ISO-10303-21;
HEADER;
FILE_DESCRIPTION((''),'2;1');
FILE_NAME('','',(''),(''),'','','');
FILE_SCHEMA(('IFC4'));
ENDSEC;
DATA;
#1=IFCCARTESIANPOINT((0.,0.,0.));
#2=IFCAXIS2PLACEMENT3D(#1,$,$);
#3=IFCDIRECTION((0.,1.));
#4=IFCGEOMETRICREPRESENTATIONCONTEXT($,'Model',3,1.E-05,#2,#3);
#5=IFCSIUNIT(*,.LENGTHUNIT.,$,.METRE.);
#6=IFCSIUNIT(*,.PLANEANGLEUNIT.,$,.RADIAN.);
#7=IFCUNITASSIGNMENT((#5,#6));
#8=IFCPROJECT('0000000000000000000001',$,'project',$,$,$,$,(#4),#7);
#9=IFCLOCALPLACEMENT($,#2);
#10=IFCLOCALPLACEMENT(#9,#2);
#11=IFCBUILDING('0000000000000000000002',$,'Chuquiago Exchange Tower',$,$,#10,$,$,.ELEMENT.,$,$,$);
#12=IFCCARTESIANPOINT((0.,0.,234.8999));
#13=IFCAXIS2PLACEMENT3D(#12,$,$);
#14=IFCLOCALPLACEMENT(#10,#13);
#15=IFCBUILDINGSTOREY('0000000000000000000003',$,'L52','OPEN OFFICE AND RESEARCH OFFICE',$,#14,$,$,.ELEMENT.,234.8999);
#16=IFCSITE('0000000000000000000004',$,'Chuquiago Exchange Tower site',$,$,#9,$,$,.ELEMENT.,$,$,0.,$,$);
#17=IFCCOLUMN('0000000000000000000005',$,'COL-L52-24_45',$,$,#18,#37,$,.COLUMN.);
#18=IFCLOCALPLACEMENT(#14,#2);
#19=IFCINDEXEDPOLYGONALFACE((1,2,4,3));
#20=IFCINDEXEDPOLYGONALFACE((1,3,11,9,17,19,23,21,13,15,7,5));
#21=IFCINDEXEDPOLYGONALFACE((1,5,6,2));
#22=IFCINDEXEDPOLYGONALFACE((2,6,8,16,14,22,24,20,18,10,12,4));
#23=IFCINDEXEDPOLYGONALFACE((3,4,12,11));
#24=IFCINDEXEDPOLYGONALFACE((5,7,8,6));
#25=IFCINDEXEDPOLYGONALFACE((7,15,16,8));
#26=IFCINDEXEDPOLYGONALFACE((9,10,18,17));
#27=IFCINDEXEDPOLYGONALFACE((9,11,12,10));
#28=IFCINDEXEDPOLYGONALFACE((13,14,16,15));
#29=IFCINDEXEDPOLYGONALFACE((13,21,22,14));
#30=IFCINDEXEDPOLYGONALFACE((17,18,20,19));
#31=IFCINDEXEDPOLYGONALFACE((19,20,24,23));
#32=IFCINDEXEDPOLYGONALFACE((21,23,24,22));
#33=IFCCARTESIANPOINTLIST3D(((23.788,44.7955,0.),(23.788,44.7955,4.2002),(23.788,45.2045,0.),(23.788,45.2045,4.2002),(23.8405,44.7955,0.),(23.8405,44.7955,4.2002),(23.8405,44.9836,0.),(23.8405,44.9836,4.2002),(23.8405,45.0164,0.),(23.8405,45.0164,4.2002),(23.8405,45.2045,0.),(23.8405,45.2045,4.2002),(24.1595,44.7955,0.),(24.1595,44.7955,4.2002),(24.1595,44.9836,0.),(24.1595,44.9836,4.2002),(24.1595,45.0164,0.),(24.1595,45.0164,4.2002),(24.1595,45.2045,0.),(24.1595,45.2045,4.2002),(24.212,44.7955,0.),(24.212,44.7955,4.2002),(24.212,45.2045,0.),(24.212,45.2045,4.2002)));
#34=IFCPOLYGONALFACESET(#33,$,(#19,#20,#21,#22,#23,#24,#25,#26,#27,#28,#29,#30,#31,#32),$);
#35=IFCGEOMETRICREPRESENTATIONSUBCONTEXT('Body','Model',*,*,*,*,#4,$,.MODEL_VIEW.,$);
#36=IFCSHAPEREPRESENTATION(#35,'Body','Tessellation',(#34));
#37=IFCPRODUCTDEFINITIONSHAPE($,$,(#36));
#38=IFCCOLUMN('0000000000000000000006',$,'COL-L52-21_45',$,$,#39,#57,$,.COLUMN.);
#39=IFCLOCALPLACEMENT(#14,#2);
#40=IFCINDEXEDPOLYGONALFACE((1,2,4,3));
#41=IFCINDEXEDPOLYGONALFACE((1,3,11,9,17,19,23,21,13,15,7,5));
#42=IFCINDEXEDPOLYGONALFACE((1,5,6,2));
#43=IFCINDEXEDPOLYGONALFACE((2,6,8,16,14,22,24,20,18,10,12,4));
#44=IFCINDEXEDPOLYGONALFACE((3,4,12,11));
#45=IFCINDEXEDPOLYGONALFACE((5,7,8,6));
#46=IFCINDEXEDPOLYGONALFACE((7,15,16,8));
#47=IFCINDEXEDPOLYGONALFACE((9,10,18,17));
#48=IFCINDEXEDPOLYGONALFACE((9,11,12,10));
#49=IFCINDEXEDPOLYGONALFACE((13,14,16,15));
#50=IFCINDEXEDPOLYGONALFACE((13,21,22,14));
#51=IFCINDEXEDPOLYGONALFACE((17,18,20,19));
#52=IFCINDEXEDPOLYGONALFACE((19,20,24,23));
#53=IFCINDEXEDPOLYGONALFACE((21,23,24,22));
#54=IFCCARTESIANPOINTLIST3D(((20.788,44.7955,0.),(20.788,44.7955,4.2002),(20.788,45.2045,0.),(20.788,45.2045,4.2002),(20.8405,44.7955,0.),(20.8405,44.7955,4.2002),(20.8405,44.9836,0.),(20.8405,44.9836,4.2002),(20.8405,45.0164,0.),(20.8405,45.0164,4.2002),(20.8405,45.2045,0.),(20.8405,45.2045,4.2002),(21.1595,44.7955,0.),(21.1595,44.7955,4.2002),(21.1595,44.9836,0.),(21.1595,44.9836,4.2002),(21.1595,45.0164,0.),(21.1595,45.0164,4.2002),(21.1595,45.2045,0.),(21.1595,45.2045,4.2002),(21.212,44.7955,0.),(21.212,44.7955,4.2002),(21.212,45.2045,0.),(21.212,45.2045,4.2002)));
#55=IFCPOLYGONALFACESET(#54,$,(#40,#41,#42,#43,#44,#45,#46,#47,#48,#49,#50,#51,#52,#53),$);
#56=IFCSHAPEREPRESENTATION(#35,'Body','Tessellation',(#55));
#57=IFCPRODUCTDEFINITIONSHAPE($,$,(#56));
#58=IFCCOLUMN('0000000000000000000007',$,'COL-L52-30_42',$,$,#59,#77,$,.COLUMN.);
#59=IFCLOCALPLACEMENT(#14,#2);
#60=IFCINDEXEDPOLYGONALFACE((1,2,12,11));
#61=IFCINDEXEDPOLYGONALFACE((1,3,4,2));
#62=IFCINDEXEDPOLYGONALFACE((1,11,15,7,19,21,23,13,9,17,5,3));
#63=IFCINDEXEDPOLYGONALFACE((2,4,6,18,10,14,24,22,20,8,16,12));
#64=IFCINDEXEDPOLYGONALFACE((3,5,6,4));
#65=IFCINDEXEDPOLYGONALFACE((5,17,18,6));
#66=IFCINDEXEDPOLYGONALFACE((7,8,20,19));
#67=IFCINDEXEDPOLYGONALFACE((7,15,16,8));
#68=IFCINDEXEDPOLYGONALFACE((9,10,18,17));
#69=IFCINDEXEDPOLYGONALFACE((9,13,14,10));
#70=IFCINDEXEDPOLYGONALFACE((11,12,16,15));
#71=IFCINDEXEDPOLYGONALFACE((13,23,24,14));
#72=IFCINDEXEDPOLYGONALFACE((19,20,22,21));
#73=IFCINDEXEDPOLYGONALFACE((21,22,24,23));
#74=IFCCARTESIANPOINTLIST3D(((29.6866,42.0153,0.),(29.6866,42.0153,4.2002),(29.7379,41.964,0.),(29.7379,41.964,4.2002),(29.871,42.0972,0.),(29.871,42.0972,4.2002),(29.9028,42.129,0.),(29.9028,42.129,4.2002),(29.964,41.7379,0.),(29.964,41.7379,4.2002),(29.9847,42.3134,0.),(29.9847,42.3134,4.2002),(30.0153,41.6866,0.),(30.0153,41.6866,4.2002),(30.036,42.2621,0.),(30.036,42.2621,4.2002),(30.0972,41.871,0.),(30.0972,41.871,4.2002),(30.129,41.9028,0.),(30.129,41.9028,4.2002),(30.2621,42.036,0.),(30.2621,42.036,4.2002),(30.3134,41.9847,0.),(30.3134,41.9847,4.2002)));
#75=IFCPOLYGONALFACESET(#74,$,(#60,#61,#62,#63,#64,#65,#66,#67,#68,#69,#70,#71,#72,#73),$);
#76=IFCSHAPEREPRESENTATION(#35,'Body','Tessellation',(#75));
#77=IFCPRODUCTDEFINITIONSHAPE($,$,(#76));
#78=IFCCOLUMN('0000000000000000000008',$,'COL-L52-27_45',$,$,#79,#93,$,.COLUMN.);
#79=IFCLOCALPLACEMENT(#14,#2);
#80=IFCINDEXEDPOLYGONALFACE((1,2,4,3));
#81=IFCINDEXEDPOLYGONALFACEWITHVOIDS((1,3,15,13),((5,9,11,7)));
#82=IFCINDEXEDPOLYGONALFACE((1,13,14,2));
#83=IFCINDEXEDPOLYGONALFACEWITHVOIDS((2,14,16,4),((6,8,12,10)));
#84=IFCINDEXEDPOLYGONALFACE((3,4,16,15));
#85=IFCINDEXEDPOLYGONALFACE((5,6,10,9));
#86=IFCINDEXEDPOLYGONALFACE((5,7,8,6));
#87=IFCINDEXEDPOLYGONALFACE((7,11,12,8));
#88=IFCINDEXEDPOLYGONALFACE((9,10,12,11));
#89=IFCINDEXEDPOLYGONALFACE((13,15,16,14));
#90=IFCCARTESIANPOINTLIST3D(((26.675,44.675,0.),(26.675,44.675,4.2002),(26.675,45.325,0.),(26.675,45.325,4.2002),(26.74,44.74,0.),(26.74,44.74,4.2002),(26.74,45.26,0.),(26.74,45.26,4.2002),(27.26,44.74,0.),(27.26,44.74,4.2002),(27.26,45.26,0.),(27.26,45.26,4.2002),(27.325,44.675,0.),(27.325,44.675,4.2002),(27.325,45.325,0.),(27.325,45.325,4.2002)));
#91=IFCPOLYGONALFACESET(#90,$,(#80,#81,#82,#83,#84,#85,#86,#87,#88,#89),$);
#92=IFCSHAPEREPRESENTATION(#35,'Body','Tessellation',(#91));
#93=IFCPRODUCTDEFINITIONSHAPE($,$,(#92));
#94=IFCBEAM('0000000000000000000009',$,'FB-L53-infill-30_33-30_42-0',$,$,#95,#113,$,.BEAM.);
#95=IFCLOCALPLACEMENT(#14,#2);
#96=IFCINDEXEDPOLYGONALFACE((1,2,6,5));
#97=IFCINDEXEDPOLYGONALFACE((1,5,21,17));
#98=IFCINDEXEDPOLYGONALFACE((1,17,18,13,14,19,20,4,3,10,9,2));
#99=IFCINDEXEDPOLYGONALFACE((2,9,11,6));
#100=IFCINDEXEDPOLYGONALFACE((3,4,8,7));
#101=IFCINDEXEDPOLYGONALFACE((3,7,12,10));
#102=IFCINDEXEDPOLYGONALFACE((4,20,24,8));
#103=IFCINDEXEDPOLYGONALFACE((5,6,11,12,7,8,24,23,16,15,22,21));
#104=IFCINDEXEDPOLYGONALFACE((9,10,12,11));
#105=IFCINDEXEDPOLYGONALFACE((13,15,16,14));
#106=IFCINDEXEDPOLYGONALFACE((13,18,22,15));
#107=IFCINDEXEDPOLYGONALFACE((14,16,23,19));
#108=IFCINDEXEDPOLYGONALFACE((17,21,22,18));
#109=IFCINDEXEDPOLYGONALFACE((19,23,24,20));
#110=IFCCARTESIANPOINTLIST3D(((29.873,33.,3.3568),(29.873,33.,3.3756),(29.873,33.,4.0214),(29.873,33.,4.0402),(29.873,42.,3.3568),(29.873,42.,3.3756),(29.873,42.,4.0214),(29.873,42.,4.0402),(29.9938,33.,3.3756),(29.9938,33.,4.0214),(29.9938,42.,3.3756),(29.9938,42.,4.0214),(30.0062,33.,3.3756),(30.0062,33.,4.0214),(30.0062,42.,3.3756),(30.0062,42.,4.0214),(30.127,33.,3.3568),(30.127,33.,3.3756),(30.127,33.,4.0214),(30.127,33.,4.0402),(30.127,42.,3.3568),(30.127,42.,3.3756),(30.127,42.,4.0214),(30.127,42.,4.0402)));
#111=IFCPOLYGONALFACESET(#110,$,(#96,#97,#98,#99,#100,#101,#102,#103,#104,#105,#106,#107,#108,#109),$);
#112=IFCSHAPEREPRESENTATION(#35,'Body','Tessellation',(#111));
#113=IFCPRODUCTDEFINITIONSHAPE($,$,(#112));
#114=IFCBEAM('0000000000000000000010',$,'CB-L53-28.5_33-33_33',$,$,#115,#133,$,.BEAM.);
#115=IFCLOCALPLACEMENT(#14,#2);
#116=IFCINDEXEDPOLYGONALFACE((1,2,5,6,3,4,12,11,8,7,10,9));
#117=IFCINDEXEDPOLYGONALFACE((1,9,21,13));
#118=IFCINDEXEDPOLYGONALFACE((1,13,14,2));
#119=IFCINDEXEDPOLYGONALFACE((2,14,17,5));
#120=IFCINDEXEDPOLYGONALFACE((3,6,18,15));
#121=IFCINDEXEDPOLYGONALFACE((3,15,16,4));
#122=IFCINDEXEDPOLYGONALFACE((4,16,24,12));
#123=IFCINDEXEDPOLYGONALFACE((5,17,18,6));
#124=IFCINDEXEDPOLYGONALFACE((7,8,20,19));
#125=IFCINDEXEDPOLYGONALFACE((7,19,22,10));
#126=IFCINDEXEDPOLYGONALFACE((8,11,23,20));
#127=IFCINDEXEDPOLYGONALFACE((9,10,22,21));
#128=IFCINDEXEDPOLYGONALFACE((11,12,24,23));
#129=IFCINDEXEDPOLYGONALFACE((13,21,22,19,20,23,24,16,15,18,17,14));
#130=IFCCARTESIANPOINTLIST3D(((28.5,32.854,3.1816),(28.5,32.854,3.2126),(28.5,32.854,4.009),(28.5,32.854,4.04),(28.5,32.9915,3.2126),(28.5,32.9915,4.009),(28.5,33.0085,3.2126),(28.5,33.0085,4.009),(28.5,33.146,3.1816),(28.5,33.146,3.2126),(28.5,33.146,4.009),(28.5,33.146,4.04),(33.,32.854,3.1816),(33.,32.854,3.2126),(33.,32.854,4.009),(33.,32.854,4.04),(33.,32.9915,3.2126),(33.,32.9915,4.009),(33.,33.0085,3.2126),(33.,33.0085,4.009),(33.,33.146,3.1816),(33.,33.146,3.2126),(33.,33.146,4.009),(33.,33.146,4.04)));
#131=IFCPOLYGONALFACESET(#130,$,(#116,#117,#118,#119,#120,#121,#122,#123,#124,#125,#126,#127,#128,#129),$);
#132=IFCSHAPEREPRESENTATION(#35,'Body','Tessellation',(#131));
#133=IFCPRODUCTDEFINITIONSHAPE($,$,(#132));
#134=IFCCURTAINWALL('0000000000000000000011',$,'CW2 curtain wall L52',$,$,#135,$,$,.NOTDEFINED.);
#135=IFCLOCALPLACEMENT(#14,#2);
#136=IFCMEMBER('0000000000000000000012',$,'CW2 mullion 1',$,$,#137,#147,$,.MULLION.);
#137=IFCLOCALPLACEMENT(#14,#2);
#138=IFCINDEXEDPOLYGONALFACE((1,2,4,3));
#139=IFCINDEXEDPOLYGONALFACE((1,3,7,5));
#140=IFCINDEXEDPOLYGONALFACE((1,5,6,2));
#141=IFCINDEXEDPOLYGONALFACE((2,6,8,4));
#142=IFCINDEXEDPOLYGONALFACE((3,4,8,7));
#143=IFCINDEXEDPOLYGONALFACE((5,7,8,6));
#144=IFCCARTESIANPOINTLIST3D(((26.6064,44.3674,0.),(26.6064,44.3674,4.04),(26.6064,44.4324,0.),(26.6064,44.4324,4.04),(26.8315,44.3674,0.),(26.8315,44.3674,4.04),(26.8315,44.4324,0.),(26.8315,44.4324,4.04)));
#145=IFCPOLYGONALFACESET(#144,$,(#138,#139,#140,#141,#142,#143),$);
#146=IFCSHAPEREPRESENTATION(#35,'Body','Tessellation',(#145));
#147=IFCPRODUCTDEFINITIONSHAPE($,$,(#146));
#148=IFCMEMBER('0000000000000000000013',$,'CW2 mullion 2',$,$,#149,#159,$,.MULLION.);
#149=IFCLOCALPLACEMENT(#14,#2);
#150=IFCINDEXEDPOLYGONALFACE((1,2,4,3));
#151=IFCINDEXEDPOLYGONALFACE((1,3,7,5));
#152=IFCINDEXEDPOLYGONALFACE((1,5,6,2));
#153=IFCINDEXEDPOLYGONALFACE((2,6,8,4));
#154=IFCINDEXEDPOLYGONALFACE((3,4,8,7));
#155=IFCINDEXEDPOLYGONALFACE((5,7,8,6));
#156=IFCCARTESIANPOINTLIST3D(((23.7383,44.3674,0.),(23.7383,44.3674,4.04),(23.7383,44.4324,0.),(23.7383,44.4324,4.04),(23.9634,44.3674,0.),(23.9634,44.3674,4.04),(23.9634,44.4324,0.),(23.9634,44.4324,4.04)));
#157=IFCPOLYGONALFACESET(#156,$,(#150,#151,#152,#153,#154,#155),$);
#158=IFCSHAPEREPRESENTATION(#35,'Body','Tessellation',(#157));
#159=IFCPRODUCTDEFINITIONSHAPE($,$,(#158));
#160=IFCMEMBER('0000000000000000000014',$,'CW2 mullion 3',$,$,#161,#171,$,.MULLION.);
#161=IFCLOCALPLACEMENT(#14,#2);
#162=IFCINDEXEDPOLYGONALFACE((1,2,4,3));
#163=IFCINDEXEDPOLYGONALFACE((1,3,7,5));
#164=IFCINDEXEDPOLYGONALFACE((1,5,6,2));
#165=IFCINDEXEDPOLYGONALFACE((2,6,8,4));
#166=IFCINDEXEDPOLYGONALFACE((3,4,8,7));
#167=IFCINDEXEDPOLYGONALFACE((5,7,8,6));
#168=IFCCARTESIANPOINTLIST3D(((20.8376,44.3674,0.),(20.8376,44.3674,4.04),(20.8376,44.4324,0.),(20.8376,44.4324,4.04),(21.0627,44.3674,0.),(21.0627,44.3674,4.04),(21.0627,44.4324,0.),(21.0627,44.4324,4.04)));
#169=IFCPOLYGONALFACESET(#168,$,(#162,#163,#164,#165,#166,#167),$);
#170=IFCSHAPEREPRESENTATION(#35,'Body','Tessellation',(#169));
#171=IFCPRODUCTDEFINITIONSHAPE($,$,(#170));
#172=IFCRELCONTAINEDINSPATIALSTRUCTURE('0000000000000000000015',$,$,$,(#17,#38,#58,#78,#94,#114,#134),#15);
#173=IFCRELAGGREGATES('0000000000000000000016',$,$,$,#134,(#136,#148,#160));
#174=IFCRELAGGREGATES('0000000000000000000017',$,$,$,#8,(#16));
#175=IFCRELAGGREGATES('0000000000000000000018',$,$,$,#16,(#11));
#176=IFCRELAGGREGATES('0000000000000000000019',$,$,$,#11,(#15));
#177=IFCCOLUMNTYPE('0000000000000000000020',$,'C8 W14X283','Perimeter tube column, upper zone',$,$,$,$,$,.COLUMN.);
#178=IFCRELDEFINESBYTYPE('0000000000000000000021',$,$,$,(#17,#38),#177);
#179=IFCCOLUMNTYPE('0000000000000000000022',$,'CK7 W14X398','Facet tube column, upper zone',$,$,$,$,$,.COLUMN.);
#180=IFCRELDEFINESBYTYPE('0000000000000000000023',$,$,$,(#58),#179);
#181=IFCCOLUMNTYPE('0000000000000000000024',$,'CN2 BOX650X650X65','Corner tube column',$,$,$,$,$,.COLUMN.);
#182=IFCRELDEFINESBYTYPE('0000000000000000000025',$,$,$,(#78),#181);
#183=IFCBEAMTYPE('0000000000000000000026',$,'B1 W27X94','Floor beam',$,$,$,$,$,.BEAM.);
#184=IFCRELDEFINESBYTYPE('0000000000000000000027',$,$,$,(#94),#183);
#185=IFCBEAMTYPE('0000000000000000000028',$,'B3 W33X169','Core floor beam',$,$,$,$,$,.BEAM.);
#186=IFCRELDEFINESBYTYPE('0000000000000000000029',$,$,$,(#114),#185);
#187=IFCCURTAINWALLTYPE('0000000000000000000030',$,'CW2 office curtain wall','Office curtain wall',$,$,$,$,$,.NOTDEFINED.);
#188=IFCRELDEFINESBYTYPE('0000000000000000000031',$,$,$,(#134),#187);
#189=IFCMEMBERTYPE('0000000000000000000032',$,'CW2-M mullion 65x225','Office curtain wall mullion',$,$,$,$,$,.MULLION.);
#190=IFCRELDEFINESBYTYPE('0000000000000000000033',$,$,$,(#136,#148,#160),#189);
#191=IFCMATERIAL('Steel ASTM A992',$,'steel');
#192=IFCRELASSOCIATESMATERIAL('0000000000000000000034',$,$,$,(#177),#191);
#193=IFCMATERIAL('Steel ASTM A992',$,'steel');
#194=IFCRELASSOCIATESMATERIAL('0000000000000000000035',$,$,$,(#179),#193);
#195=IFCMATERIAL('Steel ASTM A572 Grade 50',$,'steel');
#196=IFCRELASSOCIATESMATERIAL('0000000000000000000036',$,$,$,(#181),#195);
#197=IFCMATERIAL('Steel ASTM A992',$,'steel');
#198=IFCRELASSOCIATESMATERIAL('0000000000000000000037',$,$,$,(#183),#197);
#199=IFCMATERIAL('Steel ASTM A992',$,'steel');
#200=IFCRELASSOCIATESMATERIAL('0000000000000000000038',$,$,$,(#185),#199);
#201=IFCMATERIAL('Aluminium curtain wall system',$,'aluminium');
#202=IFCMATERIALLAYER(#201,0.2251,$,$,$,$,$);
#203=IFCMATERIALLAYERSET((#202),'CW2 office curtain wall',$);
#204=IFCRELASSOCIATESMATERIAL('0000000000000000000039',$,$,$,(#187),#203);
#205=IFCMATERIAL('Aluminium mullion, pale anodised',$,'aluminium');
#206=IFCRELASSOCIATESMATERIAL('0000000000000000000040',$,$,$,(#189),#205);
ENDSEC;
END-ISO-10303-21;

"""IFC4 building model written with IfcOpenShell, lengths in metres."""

from ifc_helpers import new_model, si_unit, direction, frame, origin, origin_2d, place, context, subcontext, project, spatial, rectangle, hollow_rectangle, i_section, extrude, material, layer, layer_set, material_profile, profile_set, type_object, element, aggregate, save


model = new_model("IFC4")

# Units and contexts
model_context = context("Model", 3, precision=1e-05, world=origin(), true_north=direction((0.0, 1.0)))
body_context = subcontext(model_context, "Body", "Model", "MODEL_VIEW")
ifc_project = project(units=[si_unit("LENGTHUNIT", "METRE"), si_unit("PLANEANGLEUNIT", "RADIAN")], contexts=[model_context])

# Site, building, storey
site_placement = place(None, origin())
site = spatial("IfcSite", under=ifc_project, at=site_placement, Name="Chuquiago Exchange Tower site", CompositionType="ELEMENT", RefElevation=0.0)
building_placement = place(site_placement, origin())
building = spatial("IfcBuilding", under=site, at=building_placement, Name="Chuquiago Exchange Tower", CompositionType="ELEMENT")
storey_placement = place(building_placement, frame((0.0, 0.0, 234.8999)))
storey = spatial("IfcBuildingStorey", under=building, at=storey_placement, Name="L52", Description="OPEN OFFICE AND RESEARCH OFFICE", CompositionType="ELEMENT", Elevation=234.8999)

# Columns
ifc_material_1 = material(Name="Steel ASTM A992", Category="steel")
ifc_material_profile_1 = material_profile(ifc_material_1, i_section(OverallWidth=0.4089, OverallDepth=0.4241, WebThickness=0.0327, FlangeThickness=0.0525, at=origin_2d()), Name="W14X283")
ifc_profile_set_1 = profile_set([ifc_material_profile_1], Name="Steel ASTM A992")
column_type_1 = type_object("IfcColumnType", Name="C8 W14X283", Description="Perimeter tube column, upper zone", PredefinedType="COLUMN", material=ifc_profile_set_1)
for number, where, z_axis, x_axis, name in (
    (1, (24.0, 45.0, 0.0), (0.0, 0.0, 1.0), (0.0, 1.0, 0.0), "COL-L52-24_45"),
    (2, (21.0, 45.0, 0.0), (0.0, 0.0, 1.0), (0.0, 1.0, 0.0), "COL-L52-21_45"),
):
    element("IfcColumn", number, at=place(storey_placement, frame(where, z_axis=z_axis, x_axis=x_axis)), inside=storey, type_object=column_type_1, Name=name, PredefinedType="COLUMN", context=body_context, shape_type="SweptSolid", body=[
        extrude(i_section(OverallWidth=0.4089, OverallDepth=0.4241, WebThickness=0.0327, FlangeThickness=0.0525, at=origin_2d()), origin(), (0.0, 0.0, 1.0), 4.2002),
    ])
ifc_material_2 = material(Name="Steel ASTM A992", Category="steel")
ifc_material_profile_2 = material_profile(ifc_material_2, i_section(OverallWidth=0.4216, OverallDepth=0.4648, WebThickness=0.0449, FlangeThickness=0.0725, at=origin_2d()), Name="W14X398")
ifc_profile_set_2 = profile_set([ifc_material_profile_2], Name="Steel ASTM A992")
column_type_2 = type_object("IfcColumnType", Name="CK7 W14X398", Description="Facet tube column, upper zone", PredefinedType="COLUMN", material=ifc_profile_set_2)
column_1_placement = place(storey_placement, frame((30.0, 42.0, 0.0), z_axis=(0.0, 0.0, 1.0), x_axis=(0.707107, 0.707107, 0.0)))
element("IfcColumn", 3, at=column_1_placement, inside=storey, type_object=column_type_2, Name="COL-L52-30_42", PredefinedType="COLUMN", context=body_context, shape_type="SweptSolid", body=[
    extrude(i_section(OverallWidth=0.4216, OverallDepth=0.4648, WebThickness=0.0449, FlangeThickness=0.0725, at=origin_2d()), origin(), (0.0, 0.0, 1.0), 4.2002),
])
ifc_material_3 = material(Name="Steel ASTM A572 Grade 50", Category="steel")
ifc_material_profile_3 = material_profile(ifc_material_3, hollow_rectangle(XDim=0.6499, YDim=0.6499, WallThickness=0.0649, at=origin_2d()), Name="BOX650X650X65")
ifc_profile_set_3 = profile_set([ifc_material_profile_3], Name="Steel ASTM A572 Grade 50")
column_type_3 = type_object("IfcColumnType", Name="CN2 BOX650X650X65", Description="Corner tube column", PredefinedType="COLUMN", material=ifc_profile_set_3)
column_2_placement = place(storey_placement, frame((27.0, 45.0, 0.0), z_axis=(0.0, 0.0, 1.0), x_axis=(0.0, 1.0, 0.0)))
element("IfcColumn", 4, at=column_2_placement, inside=storey, type_object=column_type_3, Name="COL-L52-27_45", PredefinedType="COLUMN", context=body_context, shape_type="SweptSolid", body=[
    extrude(hollow_rectangle(XDim=0.6499, YDim=0.6499, WallThickness=0.0649, at=origin_2d()), origin(), (0.0, 0.0, 1.0), 4.2002),
])

# Beams
ifc_material_4 = material(Name="Steel ASTM A992", Category="steel")
ifc_material_profile_4 = material_profile(ifc_material_4, i_section(OverallWidth=0.2539, OverallDepth=0.6833, WebThickness=0.0125, FlangeThickness=0.0188, at=origin_2d()), Name="W27X94")
ifc_profile_set_4 = profile_set([ifc_material_profile_4], Name="Steel ASTM A992")
beam_type_1 = type_object("IfcBeamType", Name="B1 W27X94", Description="Floor beam", PredefinedType="BEAM", material=ifc_profile_set_4)
beam_1_placement = place(storey_placement, frame((30.0, 33.0, 3.6985), z_axis=(0.0, 1.0, 0.0), x_axis=(-1.0, 0.0, 0.0)))
element("IfcBeam", 5, at=beam_1_placement, inside=storey, type_object=beam_type_1, Name="FB-L53-infill-30_33-30_42-0", PredefinedType="BEAM", context=body_context, shape_type="SweptSolid", body=[
    extrude(i_section(OverallWidth=0.2539, OverallDepth=0.6833, WebThickness=0.0125, FlangeThickness=0.0188, at=origin_2d()), origin(), (0.0, 0.0, 1.0), 9.0),
])
ifc_material_5 = material(Name="Steel ASTM A992", Category="steel")
ifc_material_profile_5 = material_profile(ifc_material_5, i_section(OverallWidth=0.292, OverallDepth=0.8584, WebThickness=0.0171, FlangeThickness=0.031, at=origin_2d()), Name="W33X169")
ifc_profile_set_5 = profile_set([ifc_material_profile_5], Name="Steel ASTM A992")
beam_type_2 = type_object("IfcBeamType", Name="B3 W33X169", Description="Core floor beam", PredefinedType="BEAM", material=ifc_profile_set_5)
beam_2_placement = place(storey_placement, frame((28.5, 33.0, 3.6108), z_axis=(1.0, 0.0, 0.0), x_axis=(0.0, 1.0, 0.0)))
element("IfcBeam", 6, at=beam_2_placement, inside=storey, type_object=beam_type_2, Name="CB-L53-28.5_33-33_33", PredefinedType="BEAM", context=body_context, shape_type="SweptSolid", body=[
    extrude(i_section(OverallWidth=0.292, OverallDepth=0.8584, WebThickness=0.0171, FlangeThickness=0.031, at=origin_2d()), origin(), (0.0, 0.0, 1.0), 4.5),
])

# Curtain wall, members
ifc_material_6 = material(Name="Aluminium curtain wall system", Category="aluminium")
ifc_layer_1 = layer(ifc_material_6, 0.2251)
ifc_layer_set_1 = layer_set([ifc_layer_1], Name="CW2 office curtain wall")
curtain_wall_type_1 = type_object("IfcCurtainWallType", Name="CW2 office curtain wall", Description="Office curtain wall", PredefinedType="NOTDEFINED", material=ifc_layer_set_1)
curtain_wall_1_placement = place(storey_placement, origin())
curtain_wall_1 = element("IfcCurtainWall", 7, at=curtain_wall_1_placement, inside=storey, type_object=curtain_wall_type_1, Name="CW2 curtain wall L52", PredefinedType="NOTDEFINED")
ifc_material_7 = material(Name="Aluminium mullion, pale anodised", Category="aluminium")
ifc_material_profile_6 = material_profile(ifc_material_7, rectangle(XDim=0.0649, YDim=0.2251, at=origin_2d()), Name="AL 65x225")
ifc_profile_set_6 = profile_set([ifc_material_profile_6], Name="Aluminium mullion, pale anodised")
member_type_1 = type_object("IfcMemberType", Name="CW2-M mullion 65x225", Description="Office curtain wall mullion", PredefinedType="MULLION", material=ifc_profile_set_6)
member_1_placement = place(storey_placement, frame((26.719, 44.3999, 0.0), z_axis=(0.0, 0.0, 1.0), x_axis=(0.0, -1.0, 0.0)))
member_1 = element("IfcMember", 8, at=member_1_placement, type_object=member_type_1, Name="CW2 mullion 1", PredefinedType="MULLION", context=body_context, shape_type="SweptSolid", body=[
    extrude(rectangle(XDim=0.0649, YDim=0.2251, at=origin_2d()), origin(), (0.0, 0.0, 1.0), 4.04),
])
member_2_placement = place(storey_placement, frame((23.8508, 44.3999, 0.0), z_axis=(0.0, 0.0, 1.0), x_axis=(0.0, -1.0, 0.0)))
member_2 = element("IfcMember", 9, at=member_2_placement, type_object=member_type_1, Name="CW2 mullion 2", PredefinedType="MULLION", context=body_context, shape_type="SweptSolid", body=[
    extrude(rectangle(XDim=0.0649, YDim=0.2251, at=origin_2d()), origin(), (0.0, 0.0, 1.0), 4.04),
])
member_3_placement = place(storey_placement, frame((20.9502, 44.3999, 0.0), z_axis=(0.0, 0.0, 1.0), x_axis=(0.0, -1.0, 0.0)))
member_3 = element("IfcMember", 10, at=member_3_placement, type_object=member_type_1, Name="CW2 mullion 3", PredefinedType="MULLION", context=body_context, shape_type="SweptSolid", body=[
    extrude(rectangle(XDim=0.0649, YDim=0.2251, at=origin_2d()), origin(), (0.0, 0.0, 1.0), 4.04),
])

aggregate(curtain_wall_1, [member_1, member_2, member_3])

save(model, "model.ifc")
